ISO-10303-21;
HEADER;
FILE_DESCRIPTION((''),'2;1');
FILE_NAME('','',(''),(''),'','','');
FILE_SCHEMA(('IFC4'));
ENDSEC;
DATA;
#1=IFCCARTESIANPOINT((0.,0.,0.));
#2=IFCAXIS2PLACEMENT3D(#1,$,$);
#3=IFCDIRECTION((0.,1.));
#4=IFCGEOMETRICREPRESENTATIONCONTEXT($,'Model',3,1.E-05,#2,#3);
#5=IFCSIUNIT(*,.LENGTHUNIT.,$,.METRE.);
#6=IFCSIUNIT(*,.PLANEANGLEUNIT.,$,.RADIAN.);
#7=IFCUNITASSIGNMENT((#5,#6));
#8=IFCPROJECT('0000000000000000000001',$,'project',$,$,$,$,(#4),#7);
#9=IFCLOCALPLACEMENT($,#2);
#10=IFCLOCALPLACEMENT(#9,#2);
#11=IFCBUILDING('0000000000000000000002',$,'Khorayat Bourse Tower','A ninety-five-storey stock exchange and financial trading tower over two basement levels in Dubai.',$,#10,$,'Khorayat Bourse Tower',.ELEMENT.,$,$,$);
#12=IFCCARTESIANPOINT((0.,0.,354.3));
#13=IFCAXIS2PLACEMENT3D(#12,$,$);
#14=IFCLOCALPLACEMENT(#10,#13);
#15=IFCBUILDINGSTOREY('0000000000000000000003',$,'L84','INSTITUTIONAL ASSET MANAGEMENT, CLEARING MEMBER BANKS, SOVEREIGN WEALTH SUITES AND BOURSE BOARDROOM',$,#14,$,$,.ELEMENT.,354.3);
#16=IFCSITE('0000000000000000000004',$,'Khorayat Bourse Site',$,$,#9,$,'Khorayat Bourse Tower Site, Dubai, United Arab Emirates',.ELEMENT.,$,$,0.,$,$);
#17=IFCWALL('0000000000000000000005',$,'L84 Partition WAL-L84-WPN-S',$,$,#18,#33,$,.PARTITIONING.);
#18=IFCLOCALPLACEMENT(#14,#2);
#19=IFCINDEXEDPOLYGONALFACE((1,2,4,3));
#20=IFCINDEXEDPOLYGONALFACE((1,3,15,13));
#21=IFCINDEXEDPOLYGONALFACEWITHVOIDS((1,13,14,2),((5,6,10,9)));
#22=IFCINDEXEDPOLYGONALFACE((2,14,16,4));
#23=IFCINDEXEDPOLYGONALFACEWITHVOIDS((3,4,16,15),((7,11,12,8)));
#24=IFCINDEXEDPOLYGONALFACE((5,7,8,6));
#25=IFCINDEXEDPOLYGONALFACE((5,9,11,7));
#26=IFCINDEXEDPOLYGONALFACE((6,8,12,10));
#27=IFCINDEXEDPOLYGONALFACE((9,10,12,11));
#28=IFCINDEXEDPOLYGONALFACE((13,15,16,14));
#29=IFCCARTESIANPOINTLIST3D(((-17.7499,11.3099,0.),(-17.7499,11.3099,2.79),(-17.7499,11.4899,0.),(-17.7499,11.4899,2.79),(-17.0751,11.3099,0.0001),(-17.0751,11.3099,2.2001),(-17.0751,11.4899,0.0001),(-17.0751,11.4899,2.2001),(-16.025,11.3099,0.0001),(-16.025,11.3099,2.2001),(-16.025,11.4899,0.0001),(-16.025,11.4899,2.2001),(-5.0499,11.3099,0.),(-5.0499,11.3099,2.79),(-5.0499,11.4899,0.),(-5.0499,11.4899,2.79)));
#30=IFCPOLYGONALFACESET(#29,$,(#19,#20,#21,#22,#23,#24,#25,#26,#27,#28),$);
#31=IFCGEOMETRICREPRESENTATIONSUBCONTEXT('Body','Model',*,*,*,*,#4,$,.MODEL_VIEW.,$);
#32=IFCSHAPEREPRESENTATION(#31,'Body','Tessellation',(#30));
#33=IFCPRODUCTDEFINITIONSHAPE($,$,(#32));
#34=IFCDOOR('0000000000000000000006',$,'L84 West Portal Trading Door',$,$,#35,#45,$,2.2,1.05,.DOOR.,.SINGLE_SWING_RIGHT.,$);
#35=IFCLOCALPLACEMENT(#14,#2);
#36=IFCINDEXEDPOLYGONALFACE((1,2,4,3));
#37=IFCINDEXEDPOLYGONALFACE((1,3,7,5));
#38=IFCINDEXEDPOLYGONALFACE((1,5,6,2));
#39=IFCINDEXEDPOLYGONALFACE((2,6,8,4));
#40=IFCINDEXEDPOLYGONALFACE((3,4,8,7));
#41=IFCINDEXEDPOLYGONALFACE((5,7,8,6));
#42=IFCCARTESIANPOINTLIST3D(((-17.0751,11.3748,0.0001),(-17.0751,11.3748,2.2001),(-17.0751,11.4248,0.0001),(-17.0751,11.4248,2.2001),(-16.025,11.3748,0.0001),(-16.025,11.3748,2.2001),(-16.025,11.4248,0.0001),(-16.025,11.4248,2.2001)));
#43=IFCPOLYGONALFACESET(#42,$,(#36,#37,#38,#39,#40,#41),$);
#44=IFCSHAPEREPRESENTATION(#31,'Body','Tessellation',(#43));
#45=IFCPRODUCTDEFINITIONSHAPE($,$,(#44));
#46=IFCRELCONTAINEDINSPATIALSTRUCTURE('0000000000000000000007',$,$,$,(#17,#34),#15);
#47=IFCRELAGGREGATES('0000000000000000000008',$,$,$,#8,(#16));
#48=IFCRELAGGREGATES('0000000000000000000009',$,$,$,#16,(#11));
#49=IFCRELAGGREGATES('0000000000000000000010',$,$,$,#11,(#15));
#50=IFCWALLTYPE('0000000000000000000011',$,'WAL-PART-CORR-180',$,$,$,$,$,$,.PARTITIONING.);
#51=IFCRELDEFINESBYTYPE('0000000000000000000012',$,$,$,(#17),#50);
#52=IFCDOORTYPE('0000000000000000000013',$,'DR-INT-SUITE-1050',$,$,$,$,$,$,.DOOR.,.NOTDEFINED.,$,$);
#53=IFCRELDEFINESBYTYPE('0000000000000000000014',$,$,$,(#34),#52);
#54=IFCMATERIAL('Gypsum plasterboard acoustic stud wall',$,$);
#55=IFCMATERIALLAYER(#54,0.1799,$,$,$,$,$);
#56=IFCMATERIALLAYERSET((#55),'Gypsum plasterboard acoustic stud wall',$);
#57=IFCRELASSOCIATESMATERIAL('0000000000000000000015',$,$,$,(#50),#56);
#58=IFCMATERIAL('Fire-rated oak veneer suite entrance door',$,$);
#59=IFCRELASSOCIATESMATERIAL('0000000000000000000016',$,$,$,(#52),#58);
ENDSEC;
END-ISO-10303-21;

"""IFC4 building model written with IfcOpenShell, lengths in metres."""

from ifc_helpers import new_model, si_unit, direction, frame, frame_2d, origin, place, context, subcontext, project, spatial, rectangle, extrude, source, transform, mapped, material, layer, layer_set, type_object, element, fill, save


model = new_model("IFC4")

# Units and contexts
model_context = context("Model", 3, precision=1e-05, world=origin(), true_north=direction((0.0, 1.0)))
body_context = subcontext(model_context, "Body", "Model", "MODEL_VIEW")
ifc_project = project(units=[si_unit("LENGTHUNIT", "METRE"), si_unit("PLANEANGLEUNIT", "RADIAN")], contexts=[model_context])

# Site, building, storey
site_placement = place(None, origin())
site = spatial("IfcSite", under=ifc_project, at=site_placement, Name="Khorayat Bourse Site", LongName="Khorayat Bourse Tower Site, Dubai, United Arab Emirates", CompositionType="ELEMENT", RefElevation=0.0)
building_placement = place(site_placement, origin())
building = spatial("IfcBuilding", under=site, at=building_placement, Name="Khorayat Bourse Tower", Description="A ninety-five-storey stock exchange and financial trading tower over two basement levels in Dubai.", LongName="Khorayat Bourse Tower", CompositionType="ELEMENT")
storey_placement = place(building_placement, frame((0.0, 0.0, 354.3)))
storey = spatial("IfcBuildingStorey", under=building, at=storey_placement, Name="L84", Description="INSTITUTIONAL ASSET MANAGEMENT, CLEARING MEMBER BANKS, SOVEREIGN WEALTH SUITES AND BOURSE BOARDROOM", CompositionType="ELEMENT", Elevation=354.3)

# Wall, opening, door
ifc_material_1 = material(Name="Gypsum plasterboard acoustic stud wall")
ifc_layer_1 = layer(ifc_material_1, 0.1799)
ifc_layer_set_1 = layer_set([ifc_layer_1], Name="Gypsum plasterboard acoustic stud wall")
wall_type_1 = type_object("IfcWallType", Name="WAL-PART-CORR-180", PredefinedType="PARTITIONING", material=ifc_layer_set_1)
shared_shape_1 = source(origin(), body_context, "Body", "SweptSolid", [
    extrude(rectangle(XDim=12.7, YDim=0.1799, at=frame_2d((6.3501, 0.0))), origin(), (0.0, 0.0, 1.0), 2.79),
])
wall_1_placement = place(storey_placement, frame((-17.75, 11.3999, 0.0), z_axis=(0.0, 0.0, 1.0), x_axis=(1.0, 0.0, 0.0)))
wall_1 = element("IfcWall", 1, at=wall_1_placement, inside=storey, type_object=wall_type_1, Name="L84 Partition WAL-L84-WPN-S", PredefinedType="PARTITIONING", context=body_context, shape_type="MappedRepresentation", body=[
    mapped(shared_shape_1, transform((0.0, 0.0, 0.0), scale=1.0)),
])
shared_shape_2 = source(origin(), body_context, "Body", "SweptSolid", [
    extrude(rectangle(XDim=1.05, YDim=2.2, at=frame_2d((0.5249, 1.1001))), frame((0.0, 0.0999, 0.0), z_axis=(0.0, -1.0, 0.0), x_axis=(1.0, 0.0, 0.0)), (0.0, 0.0, 1.0), 0.2),
])
opening_1_placement = place(wall_1_placement, frame((0.675, 0.0, 0.0)))
opening_1 = element("IfcOpeningElement", 2, at=opening_1_placement, cuts=wall_1, PredefinedType="OPENING", context=body_context, shape_type="MappedRepresentation", body=[
    mapped(shared_shape_2, transform((0.0, 0.0, 0.0), scale=1.0)),
])
ifc_material_2 = material(Name="Fire-rated oak veneer suite entrance door")
door_type = type_object("IfcDoorType", Name="DR-INT-SUITE-1050", OperationType="NOTDEFINED", PredefinedType="DOOR", material=ifc_material_2)
shared_shape_3 = source(origin(), body_context, "Body", "SweptSolid", [
    extrude(rectangle(XDim=1.05, YDim=2.2, at=frame_2d((0.5249, 1.1001))), frame((0.0, 0.0249, 0.0), z_axis=(0.0, -1.0, 0.0), x_axis=(1.0, 0.0, 0.0)), (0.0, 0.0, 1.0), 0.05),
])
door_placement = place(opening_1_placement, origin())
door = element("IfcDoor", 3, at=door_placement, inside=storey, type_object=door_type, Name="L84 West Portal Trading Door", OperationType="SINGLE_SWING_RIGHT", OverallHeight=2.2, OverallWidth=1.05, PredefinedType="DOOR", context=body_context, shape_type="MappedRepresentation", body=[
    mapped(shared_shape_3, transform((0.0, 0.0, 0.0), scale=1.0)),
])
fill(opening_1, door)

save(model, "model.ifc")
